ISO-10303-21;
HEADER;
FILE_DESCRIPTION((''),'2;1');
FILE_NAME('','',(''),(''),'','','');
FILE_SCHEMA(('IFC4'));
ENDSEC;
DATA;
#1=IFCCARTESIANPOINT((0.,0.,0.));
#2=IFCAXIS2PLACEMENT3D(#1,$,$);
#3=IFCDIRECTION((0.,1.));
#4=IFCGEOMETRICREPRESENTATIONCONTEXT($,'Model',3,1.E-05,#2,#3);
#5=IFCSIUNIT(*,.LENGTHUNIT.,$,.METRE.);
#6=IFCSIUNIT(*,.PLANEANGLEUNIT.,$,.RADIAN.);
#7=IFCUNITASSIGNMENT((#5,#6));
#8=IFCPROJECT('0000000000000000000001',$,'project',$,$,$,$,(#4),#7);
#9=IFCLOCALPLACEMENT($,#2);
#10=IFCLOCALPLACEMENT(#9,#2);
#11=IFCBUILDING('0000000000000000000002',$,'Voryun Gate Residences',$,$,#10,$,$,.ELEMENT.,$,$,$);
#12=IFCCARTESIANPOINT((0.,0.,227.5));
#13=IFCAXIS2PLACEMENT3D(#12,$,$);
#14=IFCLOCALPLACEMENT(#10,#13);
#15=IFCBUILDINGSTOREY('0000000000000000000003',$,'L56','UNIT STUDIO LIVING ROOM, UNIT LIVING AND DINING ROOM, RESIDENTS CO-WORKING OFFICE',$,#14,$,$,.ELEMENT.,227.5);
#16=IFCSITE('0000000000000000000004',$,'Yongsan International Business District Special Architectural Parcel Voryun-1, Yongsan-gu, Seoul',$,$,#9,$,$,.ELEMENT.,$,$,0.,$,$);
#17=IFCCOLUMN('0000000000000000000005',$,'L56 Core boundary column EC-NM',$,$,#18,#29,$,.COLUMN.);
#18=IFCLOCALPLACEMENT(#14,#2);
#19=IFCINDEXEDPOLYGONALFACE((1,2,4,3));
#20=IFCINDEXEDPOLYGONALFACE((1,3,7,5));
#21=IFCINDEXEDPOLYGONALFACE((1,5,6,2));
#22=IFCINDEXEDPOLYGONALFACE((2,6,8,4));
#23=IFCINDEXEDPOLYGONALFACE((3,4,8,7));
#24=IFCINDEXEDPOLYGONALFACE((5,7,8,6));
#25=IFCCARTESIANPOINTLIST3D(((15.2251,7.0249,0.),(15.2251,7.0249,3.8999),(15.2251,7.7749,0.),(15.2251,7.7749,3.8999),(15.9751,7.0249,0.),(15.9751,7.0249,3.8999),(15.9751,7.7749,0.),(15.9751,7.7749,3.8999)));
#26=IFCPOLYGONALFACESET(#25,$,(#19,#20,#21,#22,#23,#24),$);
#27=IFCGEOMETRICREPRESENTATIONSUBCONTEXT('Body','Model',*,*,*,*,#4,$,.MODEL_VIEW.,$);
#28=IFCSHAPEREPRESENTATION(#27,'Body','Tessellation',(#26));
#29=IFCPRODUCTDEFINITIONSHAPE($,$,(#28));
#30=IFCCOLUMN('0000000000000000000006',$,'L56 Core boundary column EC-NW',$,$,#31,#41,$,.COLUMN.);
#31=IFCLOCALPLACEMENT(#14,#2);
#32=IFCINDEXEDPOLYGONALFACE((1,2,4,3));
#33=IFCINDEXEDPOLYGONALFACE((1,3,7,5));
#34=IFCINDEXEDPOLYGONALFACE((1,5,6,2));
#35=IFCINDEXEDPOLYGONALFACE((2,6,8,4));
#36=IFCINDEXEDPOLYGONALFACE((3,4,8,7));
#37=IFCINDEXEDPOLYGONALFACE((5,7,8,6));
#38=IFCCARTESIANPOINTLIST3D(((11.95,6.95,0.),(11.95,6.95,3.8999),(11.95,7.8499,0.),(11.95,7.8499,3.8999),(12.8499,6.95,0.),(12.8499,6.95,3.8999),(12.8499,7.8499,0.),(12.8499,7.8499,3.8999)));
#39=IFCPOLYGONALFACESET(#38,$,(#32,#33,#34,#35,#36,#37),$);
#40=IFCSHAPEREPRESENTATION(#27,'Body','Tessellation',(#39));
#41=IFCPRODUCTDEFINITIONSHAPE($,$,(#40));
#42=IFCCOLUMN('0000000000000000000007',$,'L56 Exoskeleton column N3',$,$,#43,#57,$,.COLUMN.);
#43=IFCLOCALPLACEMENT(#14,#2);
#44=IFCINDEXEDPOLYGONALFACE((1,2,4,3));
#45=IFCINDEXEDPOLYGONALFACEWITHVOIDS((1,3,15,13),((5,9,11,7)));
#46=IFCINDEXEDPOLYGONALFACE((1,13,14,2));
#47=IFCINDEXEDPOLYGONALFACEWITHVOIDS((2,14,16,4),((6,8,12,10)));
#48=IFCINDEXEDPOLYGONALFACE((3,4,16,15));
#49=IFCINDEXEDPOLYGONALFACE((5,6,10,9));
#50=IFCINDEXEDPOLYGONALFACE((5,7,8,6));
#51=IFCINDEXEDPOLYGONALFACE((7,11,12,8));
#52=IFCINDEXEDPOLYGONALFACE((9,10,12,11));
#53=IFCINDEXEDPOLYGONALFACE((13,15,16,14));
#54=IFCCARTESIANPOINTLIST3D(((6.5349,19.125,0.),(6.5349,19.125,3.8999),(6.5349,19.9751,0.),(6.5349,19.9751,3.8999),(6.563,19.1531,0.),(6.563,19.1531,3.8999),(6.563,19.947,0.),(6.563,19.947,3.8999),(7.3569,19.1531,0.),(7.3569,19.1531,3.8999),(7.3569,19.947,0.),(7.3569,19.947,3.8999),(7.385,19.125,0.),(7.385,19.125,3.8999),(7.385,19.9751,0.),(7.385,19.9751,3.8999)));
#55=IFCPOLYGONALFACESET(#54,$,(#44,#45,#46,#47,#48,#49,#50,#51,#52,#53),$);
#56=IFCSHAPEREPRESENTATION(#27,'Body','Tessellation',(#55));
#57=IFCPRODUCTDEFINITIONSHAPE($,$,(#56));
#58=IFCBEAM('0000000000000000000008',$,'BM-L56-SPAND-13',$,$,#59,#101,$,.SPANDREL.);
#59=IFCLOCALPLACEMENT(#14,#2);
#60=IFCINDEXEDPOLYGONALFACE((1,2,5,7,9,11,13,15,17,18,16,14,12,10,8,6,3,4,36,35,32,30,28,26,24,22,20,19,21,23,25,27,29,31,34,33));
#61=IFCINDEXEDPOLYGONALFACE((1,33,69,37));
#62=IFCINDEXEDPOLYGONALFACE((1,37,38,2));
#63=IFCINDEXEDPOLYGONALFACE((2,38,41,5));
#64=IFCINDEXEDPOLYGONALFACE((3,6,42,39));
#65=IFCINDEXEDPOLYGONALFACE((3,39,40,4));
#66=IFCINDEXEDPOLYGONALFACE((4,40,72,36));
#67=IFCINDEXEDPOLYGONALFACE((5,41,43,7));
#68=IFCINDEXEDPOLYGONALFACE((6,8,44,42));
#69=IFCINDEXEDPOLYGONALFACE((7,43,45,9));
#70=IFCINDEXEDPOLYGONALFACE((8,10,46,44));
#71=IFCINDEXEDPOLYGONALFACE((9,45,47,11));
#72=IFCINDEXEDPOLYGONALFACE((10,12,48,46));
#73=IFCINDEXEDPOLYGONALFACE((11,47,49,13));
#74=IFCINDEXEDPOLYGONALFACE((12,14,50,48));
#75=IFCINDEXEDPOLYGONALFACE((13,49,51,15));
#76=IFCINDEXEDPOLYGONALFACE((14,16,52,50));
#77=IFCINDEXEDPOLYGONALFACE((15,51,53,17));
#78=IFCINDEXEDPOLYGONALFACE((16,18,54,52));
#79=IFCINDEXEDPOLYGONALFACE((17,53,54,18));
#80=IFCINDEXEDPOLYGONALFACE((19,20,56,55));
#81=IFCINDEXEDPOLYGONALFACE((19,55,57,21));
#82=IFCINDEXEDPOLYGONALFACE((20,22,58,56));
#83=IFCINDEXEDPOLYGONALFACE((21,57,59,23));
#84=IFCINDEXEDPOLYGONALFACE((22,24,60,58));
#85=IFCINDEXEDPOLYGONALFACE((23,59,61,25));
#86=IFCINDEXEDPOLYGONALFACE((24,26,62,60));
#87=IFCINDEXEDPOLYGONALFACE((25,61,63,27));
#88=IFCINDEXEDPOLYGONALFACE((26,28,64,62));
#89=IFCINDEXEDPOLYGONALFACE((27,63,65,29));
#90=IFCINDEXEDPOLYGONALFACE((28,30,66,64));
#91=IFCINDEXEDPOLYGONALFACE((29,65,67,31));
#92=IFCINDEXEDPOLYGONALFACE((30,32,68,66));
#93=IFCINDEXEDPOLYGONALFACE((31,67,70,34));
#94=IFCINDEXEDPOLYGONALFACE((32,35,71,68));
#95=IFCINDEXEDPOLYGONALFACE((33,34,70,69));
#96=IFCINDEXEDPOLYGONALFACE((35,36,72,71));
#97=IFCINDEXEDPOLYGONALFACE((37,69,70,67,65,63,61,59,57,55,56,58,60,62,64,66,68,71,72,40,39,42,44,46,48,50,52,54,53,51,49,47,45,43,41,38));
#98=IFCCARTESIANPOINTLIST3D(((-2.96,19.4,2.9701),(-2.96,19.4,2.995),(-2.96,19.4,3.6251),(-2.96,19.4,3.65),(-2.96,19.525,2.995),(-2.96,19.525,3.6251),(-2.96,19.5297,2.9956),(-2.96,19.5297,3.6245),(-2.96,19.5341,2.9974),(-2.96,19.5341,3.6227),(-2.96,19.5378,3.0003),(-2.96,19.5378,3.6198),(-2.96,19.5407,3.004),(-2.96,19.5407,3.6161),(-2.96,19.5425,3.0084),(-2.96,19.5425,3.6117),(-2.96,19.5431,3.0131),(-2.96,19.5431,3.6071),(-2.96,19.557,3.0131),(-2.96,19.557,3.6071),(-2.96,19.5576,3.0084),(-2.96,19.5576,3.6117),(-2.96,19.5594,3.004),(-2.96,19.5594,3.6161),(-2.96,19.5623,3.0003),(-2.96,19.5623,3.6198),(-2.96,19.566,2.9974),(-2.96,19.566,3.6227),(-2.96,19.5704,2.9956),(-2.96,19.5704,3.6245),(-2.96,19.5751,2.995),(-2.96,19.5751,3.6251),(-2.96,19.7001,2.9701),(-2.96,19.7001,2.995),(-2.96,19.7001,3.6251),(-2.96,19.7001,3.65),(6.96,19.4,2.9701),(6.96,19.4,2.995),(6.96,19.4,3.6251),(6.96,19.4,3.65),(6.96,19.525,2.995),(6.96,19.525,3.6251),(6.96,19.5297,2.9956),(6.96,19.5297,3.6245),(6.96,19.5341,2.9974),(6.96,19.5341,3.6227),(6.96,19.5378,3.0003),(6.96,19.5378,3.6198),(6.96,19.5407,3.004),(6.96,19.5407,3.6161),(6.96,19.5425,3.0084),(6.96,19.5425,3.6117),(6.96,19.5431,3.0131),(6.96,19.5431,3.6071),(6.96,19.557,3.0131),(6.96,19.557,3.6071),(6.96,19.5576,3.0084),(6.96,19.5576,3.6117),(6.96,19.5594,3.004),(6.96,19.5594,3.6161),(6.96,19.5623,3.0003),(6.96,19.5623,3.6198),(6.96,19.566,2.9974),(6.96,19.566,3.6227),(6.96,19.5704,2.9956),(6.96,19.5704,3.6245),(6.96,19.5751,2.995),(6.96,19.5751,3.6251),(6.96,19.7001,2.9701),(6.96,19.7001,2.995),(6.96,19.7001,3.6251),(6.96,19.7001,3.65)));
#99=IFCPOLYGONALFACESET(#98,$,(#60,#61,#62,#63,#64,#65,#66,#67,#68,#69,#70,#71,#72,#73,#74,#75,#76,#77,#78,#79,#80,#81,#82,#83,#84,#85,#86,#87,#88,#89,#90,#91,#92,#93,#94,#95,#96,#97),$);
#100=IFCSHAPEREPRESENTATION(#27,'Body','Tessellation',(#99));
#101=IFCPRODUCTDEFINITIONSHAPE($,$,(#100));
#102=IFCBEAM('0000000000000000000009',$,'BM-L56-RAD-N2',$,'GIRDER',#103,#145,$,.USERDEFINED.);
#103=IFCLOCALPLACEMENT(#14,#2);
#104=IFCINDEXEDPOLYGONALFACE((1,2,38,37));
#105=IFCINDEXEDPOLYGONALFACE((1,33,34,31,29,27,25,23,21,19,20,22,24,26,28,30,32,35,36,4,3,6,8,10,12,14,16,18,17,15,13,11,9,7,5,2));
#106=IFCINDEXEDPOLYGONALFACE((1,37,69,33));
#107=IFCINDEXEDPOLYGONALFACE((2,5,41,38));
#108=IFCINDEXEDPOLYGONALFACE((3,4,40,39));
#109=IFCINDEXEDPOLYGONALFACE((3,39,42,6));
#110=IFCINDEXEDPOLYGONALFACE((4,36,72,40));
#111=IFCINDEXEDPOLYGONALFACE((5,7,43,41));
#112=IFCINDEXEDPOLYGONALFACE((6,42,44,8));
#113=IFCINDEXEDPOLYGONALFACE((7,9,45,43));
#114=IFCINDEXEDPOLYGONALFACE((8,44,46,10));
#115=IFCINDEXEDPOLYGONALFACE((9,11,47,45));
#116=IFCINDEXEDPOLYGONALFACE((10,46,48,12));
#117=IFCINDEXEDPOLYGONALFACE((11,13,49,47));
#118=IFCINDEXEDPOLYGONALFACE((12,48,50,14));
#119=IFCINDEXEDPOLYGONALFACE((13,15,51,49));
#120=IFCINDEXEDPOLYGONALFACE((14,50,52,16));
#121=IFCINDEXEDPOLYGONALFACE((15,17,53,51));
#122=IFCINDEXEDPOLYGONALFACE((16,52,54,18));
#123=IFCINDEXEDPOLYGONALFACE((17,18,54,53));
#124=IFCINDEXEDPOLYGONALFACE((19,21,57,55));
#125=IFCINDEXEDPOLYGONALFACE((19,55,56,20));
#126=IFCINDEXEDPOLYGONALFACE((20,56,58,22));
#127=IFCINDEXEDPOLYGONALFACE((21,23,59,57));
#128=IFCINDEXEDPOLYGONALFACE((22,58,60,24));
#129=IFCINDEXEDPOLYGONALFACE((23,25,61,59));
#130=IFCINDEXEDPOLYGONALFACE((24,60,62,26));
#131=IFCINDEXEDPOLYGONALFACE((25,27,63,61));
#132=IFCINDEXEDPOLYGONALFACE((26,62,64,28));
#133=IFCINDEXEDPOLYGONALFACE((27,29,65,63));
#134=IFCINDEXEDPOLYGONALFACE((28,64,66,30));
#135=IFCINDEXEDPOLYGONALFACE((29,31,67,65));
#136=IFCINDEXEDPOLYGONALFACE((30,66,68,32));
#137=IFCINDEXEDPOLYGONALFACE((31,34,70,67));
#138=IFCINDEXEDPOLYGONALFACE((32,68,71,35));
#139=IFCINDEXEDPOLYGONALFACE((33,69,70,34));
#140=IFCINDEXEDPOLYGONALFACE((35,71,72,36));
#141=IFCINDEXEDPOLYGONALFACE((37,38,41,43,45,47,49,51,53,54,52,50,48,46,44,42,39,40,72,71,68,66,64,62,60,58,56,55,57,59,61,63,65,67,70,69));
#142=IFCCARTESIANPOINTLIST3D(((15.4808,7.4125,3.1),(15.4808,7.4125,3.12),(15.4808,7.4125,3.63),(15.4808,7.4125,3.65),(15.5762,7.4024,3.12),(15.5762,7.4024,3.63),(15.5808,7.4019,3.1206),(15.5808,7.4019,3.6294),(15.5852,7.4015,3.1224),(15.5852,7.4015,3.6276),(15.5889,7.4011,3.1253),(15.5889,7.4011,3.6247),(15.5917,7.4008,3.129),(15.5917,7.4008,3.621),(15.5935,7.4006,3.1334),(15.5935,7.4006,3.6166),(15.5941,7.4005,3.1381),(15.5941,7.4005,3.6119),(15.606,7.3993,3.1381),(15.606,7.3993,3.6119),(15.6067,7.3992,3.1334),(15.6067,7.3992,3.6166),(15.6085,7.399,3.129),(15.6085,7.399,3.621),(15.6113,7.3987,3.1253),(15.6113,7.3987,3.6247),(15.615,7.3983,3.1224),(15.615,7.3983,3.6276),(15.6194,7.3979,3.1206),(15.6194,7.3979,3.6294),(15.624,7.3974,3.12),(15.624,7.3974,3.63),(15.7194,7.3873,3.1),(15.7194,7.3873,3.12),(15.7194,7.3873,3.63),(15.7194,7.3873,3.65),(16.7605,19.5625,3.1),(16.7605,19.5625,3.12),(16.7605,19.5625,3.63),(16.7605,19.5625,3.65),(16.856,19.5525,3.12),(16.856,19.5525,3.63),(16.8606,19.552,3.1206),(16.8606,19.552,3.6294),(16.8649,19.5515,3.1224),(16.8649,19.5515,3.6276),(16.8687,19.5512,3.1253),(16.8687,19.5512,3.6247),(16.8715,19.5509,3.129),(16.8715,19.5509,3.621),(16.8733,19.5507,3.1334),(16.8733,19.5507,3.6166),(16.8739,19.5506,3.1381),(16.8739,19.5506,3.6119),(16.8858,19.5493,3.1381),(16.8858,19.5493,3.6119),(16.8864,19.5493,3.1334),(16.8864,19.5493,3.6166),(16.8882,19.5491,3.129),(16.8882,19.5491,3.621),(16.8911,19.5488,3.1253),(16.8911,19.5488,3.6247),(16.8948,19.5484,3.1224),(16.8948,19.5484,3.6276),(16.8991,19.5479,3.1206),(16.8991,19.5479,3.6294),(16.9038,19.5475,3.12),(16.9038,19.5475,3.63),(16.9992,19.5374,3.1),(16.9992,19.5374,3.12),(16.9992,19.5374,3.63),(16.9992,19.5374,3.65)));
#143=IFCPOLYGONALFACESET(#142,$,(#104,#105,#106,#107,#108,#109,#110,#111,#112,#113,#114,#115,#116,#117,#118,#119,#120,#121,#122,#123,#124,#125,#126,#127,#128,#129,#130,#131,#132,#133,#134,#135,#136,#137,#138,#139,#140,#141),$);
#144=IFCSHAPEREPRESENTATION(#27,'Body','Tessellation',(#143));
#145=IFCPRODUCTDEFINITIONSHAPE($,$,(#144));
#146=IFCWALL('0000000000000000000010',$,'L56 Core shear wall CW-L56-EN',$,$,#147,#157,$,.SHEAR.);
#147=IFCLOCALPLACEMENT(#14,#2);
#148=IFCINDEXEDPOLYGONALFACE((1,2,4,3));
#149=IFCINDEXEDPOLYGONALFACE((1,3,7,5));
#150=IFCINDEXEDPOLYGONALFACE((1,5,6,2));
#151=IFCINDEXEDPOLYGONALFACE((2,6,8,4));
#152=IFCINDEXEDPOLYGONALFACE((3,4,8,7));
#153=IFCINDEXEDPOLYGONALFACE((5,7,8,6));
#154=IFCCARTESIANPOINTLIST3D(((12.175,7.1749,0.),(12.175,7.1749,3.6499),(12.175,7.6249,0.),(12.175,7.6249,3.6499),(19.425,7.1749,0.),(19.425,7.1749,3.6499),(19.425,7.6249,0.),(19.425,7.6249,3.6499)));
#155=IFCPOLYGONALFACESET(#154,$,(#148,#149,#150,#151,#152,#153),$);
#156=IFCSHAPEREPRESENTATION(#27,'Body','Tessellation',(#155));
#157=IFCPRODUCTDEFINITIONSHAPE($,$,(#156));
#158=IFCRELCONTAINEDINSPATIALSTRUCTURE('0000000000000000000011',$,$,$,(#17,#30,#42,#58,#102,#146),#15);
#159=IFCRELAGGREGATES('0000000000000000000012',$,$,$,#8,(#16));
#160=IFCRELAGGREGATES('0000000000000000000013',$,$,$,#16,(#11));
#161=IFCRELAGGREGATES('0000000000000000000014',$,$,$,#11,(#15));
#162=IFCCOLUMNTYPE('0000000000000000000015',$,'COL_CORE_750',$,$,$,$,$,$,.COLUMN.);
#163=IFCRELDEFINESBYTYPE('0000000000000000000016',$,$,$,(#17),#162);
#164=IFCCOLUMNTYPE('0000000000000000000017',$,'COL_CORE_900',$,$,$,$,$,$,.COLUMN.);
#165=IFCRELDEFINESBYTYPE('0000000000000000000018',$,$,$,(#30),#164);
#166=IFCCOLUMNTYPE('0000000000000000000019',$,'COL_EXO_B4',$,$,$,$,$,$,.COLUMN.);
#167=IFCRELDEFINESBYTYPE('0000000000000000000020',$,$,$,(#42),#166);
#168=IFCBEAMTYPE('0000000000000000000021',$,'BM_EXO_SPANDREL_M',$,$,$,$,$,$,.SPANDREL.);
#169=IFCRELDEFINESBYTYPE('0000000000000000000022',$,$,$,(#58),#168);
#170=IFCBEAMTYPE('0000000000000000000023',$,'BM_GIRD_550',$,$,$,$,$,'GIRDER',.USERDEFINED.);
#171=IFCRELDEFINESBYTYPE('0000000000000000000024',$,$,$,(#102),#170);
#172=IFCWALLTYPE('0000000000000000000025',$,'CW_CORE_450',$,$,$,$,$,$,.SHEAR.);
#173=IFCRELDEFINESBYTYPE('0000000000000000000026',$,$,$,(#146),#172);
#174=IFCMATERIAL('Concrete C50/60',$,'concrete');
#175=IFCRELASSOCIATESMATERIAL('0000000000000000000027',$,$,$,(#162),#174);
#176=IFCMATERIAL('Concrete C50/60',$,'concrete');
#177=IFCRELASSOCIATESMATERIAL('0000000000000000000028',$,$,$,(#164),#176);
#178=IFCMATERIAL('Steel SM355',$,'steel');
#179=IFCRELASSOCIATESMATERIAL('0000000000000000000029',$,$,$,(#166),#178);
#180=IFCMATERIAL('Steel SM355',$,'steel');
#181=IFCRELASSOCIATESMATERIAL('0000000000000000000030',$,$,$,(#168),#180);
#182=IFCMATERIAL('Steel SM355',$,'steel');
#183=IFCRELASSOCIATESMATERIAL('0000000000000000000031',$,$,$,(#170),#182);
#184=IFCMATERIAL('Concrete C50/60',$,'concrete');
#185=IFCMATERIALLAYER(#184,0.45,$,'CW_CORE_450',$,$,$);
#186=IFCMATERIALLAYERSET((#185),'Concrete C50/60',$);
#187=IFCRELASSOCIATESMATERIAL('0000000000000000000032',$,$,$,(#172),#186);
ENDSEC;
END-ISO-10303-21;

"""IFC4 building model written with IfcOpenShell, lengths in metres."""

from ifc_helpers import new_model, si_unit, direction, frame, frame_2d, origin, origin_2d, place, context, subcontext, project, spatial, rectangle, hollow_rectangle, i_section, extrude, material, layer, layer_set, material_profile, profile_set, type_object, element, save


model = new_model("IFC4")

# Units and contexts
model_context = context("Model", 3, precision=1e-05, world=origin(), true_north=direction((0.0, 1.0)))
body_context = subcontext(model_context, "Body", "Model", "MODEL_VIEW")
ifc_project = project(units=[si_unit("LENGTHUNIT", "METRE"), si_unit("PLANEANGLEUNIT", "RADIAN")], contexts=[model_context])

# Site, building, storey
site_placement = place(None, origin())
site = spatial("IfcSite", under=ifc_project, at=site_placement, Name="Yongsan International Business District Special Architectural Parcel Voryun-1, Yongsan-gu, Seoul", CompositionType="ELEMENT", RefElevation=0.0)
building_placement = place(site_placement, origin())
building = spatial("IfcBuilding", under=site, at=building_placement, Name="Voryun Gate Residences", CompositionType="ELEMENT")
storey_placement = place(building_placement, frame((0.0, 0.0, 227.5)))
storey = spatial("IfcBuildingStorey", under=building, at=storey_placement, Name="L56", Description="UNIT STUDIO LIVING ROOM, UNIT LIVING AND DINING ROOM, RESIDENTS CO-WORKING OFFICE", CompositionType="ELEMENT", Elevation=227.5)

# Columns
ifc_material_1 = material(Name="Concrete C50/60", Category="concrete")
ifc_material_profile_1 = material_profile(ifc_material_1, rectangle(XDim=0.75, YDim=0.75, at=origin_2d()), Name="RC-750x750")
ifc_profile_set_1 = profile_set([ifc_material_profile_1], Name="Concrete C50/60")
column_type_1 = type_object("IfcColumnType", Name="COL_CORE_750", PredefinedType="COLUMN", material=ifc_profile_set_1)
column_1_placement = place(storey_placement, frame((15.6001, 7.3999, 0.0), z_axis=(0.0, 0.0, 1.0), x_axis=(1.0, 0.0, 0.0)))
element("IfcColumn", 1, at=column_1_placement, inside=storey, type_object=column_type_1, Name="L56 Core boundary column EC-NM", PredefinedType="COLUMN", context=body_context, shape_type="SweptSolid", body=[
    extrude(rectangle(XDim=0.75, YDim=0.75, at=origin_2d()), origin(), (0.0, 0.0, 1.0), 3.8999),
])
ifc_material_2 = material(Name="Concrete C50/60", Category="concrete")
ifc_material_profile_2 = material_profile(ifc_material_2, rectangle(XDim=0.8999, YDim=0.8999, at=origin_2d()), Name="RC-900x900")
ifc_profile_set_2 = profile_set([ifc_material_profile_2], Name="Concrete C50/60")
column_type_2 = type_object("IfcColumnType", Name="COL_CORE_900", PredefinedType="COLUMN", material=ifc_profile_set_2)
column_2_placement = place(storey_placement, frame((12.3999, 7.3999, 0.0), z_axis=(0.0, 0.0, 1.0), x_axis=(1.0, 0.0, 0.0)))
element("IfcColumn", 2, at=column_2_placement, inside=storey, type_object=column_type_2, Name="L56 Core boundary column EC-NW", PredefinedType="COLUMN", context=body_context, shape_type="SweptSolid", body=[
    extrude(rectangle(XDim=0.8999, YDim=0.8999, at=origin_2d()), origin(), (0.0, 0.0, 1.0), 3.8999),
])
ifc_material_3 = material(Name="Steel SM355", Category="steel")
ifc_material_profile_3 = material_profile(ifc_material_3, hollow_rectangle(XDim=0.8501, YDim=0.8501, WallThickness=0.0281, at=origin_2d()), Name="BOX-850x850x28")
ifc_profile_set_3 = profile_set([ifc_material_profile_3], Name="Steel SM355")
column_type_3 = type_object("IfcColumnType", Name="COL_EXO_B4", PredefinedType="COLUMN", material=ifc_profile_set_3)
column_3_placement = place(storey_placement, frame((6.96, 19.55, 0.0), z_axis=(0.0, 0.0, 1.0), x_axis=(1.0, 0.0, 0.0)))
element("IfcColumn", 3, at=column_3_placement, inside=storey, type_object=column_type_3, Name="L56 Exoskeleton column N3", PredefinedType="COLUMN", context=body_context, shape_type="SweptSolid", body=[
    extrude(hollow_rectangle(XDim=0.8501, YDim=0.8501, WallThickness=0.0281, at=origin_2d()), origin(), (0.0, 0.0, 1.0), 3.8999),
])

# Beams
ifc_material_4 = material(Name="Steel SM355", Category="steel")
ifc_material_profile_4 = material_profile(ifc_material_4, i_section(OverallWidth=0.3, OverallDepth=0.6799, WebThickness=0.0139, FlangeThickness=0.0249, FilletRadius=0.0181, at=origin_2d()), Name="H-680x300x14x25")
ifc_profile_set_4 = profile_set([ifc_material_profile_4], Name="Steel SM355")
beam_type_1 = type_object("IfcBeamType", Name="BM_EXO_SPANDREL_M", PredefinedType="SPANDREL", material=ifc_profile_set_4)
beam_1_placement = place(storey_placement, frame((6.96, 19.55, 3.3101), z_axis=(-1.0, 0.0, 0.0), x_axis=(0.0, -1.0, 0.0)))
element("IfcBeam", 4, at=beam_1_placement, inside=storey, type_object=beam_type_1, Name="BM-L56-SPAND-13", PredefinedType="SPANDREL", context=body_context, shape_type="SweptSolid", body=[
    extrude(i_section(OverallWidth=0.3, OverallDepth=0.6799, WebThickness=0.0139, FlangeThickness=0.0249, FilletRadius=0.0181, at=origin_2d()), origin(), (0.0, 0.0, 1.0), 9.9199),
])
ifc_material_5 = material(Name="Steel SM355", Category="steel")
ifc_material_profile_5 = material_profile(ifc_material_5, i_section(OverallWidth=0.24, OverallDepth=0.55, WebThickness=0.012, FlangeThickness=0.02, FilletRadius=0.0181, at=origin_2d()), Name="H-550x240x12x20")
ifc_profile_set_5 = profile_set([ifc_material_profile_5], Name="Steel SM355")
beam_type_2 = type_object("IfcBeamType", Name="BM_GIRD_550", ElementType="GIRDER", PredefinedType="USERDEFINED", material=ifc_profile_set_5)
beam_2_placement = place(storey_placement, frame((15.6001, 7.3999, 3.375), z_axis=(0.104751, 0.994498, 0.0), x_axis=(-0.994498, 0.104751, 0.0)))
element("IfcBeam", 5, at=beam_2_placement, inside=storey, type_object=beam_type_2, Name="BM-L56-RAD-N2", ObjectType="GIRDER", PredefinedType="USERDEFINED", context=body_context, shape_type="SweptSolid", body=[
    extrude(i_section(OverallWidth=0.24, OverallDepth=0.55, WebThickness=0.012, FlangeThickness=0.02, FilletRadius=0.0181, at=origin_2d()), origin(), (0.0, 0.0, 1.0), 12.2173),
])

# Wall
ifc_material_6 = material(Name="Concrete C50/60", Category="concrete")
ifc_layer_1 = layer(ifc_material_6, 0.45, Name="CW_CORE_450")
ifc_layer_set_1 = layer_set([ifc_layer_1], Name="Concrete C50/60")
wall_type_1 = type_object("IfcWallType", Name="CW_CORE_450", PredefinedType="SHEAR", material=ifc_layer_set_1)
wall_1_placement = place(storey_placement, frame((12.175, 7.3999, 0.0), z_axis=(0.0, 0.0, 1.0), x_axis=(1.0, 0.0, 0.0)))
element("IfcWall", 6, at=wall_1_placement, inside=storey, type_object=wall_type_1, Name="L56 Core shear wall CW-L56-EN", PredefinedType="SHEAR", context=body_context, shape_type="SweptSolid", body=[
    extrude(rectangle(XDim=7.25, YDim=0.45, at=frame_2d((3.625, 0.0))), origin(), (0.0, 0.0, 1.0), 3.6499),
])

save(model, "model.ifc")
